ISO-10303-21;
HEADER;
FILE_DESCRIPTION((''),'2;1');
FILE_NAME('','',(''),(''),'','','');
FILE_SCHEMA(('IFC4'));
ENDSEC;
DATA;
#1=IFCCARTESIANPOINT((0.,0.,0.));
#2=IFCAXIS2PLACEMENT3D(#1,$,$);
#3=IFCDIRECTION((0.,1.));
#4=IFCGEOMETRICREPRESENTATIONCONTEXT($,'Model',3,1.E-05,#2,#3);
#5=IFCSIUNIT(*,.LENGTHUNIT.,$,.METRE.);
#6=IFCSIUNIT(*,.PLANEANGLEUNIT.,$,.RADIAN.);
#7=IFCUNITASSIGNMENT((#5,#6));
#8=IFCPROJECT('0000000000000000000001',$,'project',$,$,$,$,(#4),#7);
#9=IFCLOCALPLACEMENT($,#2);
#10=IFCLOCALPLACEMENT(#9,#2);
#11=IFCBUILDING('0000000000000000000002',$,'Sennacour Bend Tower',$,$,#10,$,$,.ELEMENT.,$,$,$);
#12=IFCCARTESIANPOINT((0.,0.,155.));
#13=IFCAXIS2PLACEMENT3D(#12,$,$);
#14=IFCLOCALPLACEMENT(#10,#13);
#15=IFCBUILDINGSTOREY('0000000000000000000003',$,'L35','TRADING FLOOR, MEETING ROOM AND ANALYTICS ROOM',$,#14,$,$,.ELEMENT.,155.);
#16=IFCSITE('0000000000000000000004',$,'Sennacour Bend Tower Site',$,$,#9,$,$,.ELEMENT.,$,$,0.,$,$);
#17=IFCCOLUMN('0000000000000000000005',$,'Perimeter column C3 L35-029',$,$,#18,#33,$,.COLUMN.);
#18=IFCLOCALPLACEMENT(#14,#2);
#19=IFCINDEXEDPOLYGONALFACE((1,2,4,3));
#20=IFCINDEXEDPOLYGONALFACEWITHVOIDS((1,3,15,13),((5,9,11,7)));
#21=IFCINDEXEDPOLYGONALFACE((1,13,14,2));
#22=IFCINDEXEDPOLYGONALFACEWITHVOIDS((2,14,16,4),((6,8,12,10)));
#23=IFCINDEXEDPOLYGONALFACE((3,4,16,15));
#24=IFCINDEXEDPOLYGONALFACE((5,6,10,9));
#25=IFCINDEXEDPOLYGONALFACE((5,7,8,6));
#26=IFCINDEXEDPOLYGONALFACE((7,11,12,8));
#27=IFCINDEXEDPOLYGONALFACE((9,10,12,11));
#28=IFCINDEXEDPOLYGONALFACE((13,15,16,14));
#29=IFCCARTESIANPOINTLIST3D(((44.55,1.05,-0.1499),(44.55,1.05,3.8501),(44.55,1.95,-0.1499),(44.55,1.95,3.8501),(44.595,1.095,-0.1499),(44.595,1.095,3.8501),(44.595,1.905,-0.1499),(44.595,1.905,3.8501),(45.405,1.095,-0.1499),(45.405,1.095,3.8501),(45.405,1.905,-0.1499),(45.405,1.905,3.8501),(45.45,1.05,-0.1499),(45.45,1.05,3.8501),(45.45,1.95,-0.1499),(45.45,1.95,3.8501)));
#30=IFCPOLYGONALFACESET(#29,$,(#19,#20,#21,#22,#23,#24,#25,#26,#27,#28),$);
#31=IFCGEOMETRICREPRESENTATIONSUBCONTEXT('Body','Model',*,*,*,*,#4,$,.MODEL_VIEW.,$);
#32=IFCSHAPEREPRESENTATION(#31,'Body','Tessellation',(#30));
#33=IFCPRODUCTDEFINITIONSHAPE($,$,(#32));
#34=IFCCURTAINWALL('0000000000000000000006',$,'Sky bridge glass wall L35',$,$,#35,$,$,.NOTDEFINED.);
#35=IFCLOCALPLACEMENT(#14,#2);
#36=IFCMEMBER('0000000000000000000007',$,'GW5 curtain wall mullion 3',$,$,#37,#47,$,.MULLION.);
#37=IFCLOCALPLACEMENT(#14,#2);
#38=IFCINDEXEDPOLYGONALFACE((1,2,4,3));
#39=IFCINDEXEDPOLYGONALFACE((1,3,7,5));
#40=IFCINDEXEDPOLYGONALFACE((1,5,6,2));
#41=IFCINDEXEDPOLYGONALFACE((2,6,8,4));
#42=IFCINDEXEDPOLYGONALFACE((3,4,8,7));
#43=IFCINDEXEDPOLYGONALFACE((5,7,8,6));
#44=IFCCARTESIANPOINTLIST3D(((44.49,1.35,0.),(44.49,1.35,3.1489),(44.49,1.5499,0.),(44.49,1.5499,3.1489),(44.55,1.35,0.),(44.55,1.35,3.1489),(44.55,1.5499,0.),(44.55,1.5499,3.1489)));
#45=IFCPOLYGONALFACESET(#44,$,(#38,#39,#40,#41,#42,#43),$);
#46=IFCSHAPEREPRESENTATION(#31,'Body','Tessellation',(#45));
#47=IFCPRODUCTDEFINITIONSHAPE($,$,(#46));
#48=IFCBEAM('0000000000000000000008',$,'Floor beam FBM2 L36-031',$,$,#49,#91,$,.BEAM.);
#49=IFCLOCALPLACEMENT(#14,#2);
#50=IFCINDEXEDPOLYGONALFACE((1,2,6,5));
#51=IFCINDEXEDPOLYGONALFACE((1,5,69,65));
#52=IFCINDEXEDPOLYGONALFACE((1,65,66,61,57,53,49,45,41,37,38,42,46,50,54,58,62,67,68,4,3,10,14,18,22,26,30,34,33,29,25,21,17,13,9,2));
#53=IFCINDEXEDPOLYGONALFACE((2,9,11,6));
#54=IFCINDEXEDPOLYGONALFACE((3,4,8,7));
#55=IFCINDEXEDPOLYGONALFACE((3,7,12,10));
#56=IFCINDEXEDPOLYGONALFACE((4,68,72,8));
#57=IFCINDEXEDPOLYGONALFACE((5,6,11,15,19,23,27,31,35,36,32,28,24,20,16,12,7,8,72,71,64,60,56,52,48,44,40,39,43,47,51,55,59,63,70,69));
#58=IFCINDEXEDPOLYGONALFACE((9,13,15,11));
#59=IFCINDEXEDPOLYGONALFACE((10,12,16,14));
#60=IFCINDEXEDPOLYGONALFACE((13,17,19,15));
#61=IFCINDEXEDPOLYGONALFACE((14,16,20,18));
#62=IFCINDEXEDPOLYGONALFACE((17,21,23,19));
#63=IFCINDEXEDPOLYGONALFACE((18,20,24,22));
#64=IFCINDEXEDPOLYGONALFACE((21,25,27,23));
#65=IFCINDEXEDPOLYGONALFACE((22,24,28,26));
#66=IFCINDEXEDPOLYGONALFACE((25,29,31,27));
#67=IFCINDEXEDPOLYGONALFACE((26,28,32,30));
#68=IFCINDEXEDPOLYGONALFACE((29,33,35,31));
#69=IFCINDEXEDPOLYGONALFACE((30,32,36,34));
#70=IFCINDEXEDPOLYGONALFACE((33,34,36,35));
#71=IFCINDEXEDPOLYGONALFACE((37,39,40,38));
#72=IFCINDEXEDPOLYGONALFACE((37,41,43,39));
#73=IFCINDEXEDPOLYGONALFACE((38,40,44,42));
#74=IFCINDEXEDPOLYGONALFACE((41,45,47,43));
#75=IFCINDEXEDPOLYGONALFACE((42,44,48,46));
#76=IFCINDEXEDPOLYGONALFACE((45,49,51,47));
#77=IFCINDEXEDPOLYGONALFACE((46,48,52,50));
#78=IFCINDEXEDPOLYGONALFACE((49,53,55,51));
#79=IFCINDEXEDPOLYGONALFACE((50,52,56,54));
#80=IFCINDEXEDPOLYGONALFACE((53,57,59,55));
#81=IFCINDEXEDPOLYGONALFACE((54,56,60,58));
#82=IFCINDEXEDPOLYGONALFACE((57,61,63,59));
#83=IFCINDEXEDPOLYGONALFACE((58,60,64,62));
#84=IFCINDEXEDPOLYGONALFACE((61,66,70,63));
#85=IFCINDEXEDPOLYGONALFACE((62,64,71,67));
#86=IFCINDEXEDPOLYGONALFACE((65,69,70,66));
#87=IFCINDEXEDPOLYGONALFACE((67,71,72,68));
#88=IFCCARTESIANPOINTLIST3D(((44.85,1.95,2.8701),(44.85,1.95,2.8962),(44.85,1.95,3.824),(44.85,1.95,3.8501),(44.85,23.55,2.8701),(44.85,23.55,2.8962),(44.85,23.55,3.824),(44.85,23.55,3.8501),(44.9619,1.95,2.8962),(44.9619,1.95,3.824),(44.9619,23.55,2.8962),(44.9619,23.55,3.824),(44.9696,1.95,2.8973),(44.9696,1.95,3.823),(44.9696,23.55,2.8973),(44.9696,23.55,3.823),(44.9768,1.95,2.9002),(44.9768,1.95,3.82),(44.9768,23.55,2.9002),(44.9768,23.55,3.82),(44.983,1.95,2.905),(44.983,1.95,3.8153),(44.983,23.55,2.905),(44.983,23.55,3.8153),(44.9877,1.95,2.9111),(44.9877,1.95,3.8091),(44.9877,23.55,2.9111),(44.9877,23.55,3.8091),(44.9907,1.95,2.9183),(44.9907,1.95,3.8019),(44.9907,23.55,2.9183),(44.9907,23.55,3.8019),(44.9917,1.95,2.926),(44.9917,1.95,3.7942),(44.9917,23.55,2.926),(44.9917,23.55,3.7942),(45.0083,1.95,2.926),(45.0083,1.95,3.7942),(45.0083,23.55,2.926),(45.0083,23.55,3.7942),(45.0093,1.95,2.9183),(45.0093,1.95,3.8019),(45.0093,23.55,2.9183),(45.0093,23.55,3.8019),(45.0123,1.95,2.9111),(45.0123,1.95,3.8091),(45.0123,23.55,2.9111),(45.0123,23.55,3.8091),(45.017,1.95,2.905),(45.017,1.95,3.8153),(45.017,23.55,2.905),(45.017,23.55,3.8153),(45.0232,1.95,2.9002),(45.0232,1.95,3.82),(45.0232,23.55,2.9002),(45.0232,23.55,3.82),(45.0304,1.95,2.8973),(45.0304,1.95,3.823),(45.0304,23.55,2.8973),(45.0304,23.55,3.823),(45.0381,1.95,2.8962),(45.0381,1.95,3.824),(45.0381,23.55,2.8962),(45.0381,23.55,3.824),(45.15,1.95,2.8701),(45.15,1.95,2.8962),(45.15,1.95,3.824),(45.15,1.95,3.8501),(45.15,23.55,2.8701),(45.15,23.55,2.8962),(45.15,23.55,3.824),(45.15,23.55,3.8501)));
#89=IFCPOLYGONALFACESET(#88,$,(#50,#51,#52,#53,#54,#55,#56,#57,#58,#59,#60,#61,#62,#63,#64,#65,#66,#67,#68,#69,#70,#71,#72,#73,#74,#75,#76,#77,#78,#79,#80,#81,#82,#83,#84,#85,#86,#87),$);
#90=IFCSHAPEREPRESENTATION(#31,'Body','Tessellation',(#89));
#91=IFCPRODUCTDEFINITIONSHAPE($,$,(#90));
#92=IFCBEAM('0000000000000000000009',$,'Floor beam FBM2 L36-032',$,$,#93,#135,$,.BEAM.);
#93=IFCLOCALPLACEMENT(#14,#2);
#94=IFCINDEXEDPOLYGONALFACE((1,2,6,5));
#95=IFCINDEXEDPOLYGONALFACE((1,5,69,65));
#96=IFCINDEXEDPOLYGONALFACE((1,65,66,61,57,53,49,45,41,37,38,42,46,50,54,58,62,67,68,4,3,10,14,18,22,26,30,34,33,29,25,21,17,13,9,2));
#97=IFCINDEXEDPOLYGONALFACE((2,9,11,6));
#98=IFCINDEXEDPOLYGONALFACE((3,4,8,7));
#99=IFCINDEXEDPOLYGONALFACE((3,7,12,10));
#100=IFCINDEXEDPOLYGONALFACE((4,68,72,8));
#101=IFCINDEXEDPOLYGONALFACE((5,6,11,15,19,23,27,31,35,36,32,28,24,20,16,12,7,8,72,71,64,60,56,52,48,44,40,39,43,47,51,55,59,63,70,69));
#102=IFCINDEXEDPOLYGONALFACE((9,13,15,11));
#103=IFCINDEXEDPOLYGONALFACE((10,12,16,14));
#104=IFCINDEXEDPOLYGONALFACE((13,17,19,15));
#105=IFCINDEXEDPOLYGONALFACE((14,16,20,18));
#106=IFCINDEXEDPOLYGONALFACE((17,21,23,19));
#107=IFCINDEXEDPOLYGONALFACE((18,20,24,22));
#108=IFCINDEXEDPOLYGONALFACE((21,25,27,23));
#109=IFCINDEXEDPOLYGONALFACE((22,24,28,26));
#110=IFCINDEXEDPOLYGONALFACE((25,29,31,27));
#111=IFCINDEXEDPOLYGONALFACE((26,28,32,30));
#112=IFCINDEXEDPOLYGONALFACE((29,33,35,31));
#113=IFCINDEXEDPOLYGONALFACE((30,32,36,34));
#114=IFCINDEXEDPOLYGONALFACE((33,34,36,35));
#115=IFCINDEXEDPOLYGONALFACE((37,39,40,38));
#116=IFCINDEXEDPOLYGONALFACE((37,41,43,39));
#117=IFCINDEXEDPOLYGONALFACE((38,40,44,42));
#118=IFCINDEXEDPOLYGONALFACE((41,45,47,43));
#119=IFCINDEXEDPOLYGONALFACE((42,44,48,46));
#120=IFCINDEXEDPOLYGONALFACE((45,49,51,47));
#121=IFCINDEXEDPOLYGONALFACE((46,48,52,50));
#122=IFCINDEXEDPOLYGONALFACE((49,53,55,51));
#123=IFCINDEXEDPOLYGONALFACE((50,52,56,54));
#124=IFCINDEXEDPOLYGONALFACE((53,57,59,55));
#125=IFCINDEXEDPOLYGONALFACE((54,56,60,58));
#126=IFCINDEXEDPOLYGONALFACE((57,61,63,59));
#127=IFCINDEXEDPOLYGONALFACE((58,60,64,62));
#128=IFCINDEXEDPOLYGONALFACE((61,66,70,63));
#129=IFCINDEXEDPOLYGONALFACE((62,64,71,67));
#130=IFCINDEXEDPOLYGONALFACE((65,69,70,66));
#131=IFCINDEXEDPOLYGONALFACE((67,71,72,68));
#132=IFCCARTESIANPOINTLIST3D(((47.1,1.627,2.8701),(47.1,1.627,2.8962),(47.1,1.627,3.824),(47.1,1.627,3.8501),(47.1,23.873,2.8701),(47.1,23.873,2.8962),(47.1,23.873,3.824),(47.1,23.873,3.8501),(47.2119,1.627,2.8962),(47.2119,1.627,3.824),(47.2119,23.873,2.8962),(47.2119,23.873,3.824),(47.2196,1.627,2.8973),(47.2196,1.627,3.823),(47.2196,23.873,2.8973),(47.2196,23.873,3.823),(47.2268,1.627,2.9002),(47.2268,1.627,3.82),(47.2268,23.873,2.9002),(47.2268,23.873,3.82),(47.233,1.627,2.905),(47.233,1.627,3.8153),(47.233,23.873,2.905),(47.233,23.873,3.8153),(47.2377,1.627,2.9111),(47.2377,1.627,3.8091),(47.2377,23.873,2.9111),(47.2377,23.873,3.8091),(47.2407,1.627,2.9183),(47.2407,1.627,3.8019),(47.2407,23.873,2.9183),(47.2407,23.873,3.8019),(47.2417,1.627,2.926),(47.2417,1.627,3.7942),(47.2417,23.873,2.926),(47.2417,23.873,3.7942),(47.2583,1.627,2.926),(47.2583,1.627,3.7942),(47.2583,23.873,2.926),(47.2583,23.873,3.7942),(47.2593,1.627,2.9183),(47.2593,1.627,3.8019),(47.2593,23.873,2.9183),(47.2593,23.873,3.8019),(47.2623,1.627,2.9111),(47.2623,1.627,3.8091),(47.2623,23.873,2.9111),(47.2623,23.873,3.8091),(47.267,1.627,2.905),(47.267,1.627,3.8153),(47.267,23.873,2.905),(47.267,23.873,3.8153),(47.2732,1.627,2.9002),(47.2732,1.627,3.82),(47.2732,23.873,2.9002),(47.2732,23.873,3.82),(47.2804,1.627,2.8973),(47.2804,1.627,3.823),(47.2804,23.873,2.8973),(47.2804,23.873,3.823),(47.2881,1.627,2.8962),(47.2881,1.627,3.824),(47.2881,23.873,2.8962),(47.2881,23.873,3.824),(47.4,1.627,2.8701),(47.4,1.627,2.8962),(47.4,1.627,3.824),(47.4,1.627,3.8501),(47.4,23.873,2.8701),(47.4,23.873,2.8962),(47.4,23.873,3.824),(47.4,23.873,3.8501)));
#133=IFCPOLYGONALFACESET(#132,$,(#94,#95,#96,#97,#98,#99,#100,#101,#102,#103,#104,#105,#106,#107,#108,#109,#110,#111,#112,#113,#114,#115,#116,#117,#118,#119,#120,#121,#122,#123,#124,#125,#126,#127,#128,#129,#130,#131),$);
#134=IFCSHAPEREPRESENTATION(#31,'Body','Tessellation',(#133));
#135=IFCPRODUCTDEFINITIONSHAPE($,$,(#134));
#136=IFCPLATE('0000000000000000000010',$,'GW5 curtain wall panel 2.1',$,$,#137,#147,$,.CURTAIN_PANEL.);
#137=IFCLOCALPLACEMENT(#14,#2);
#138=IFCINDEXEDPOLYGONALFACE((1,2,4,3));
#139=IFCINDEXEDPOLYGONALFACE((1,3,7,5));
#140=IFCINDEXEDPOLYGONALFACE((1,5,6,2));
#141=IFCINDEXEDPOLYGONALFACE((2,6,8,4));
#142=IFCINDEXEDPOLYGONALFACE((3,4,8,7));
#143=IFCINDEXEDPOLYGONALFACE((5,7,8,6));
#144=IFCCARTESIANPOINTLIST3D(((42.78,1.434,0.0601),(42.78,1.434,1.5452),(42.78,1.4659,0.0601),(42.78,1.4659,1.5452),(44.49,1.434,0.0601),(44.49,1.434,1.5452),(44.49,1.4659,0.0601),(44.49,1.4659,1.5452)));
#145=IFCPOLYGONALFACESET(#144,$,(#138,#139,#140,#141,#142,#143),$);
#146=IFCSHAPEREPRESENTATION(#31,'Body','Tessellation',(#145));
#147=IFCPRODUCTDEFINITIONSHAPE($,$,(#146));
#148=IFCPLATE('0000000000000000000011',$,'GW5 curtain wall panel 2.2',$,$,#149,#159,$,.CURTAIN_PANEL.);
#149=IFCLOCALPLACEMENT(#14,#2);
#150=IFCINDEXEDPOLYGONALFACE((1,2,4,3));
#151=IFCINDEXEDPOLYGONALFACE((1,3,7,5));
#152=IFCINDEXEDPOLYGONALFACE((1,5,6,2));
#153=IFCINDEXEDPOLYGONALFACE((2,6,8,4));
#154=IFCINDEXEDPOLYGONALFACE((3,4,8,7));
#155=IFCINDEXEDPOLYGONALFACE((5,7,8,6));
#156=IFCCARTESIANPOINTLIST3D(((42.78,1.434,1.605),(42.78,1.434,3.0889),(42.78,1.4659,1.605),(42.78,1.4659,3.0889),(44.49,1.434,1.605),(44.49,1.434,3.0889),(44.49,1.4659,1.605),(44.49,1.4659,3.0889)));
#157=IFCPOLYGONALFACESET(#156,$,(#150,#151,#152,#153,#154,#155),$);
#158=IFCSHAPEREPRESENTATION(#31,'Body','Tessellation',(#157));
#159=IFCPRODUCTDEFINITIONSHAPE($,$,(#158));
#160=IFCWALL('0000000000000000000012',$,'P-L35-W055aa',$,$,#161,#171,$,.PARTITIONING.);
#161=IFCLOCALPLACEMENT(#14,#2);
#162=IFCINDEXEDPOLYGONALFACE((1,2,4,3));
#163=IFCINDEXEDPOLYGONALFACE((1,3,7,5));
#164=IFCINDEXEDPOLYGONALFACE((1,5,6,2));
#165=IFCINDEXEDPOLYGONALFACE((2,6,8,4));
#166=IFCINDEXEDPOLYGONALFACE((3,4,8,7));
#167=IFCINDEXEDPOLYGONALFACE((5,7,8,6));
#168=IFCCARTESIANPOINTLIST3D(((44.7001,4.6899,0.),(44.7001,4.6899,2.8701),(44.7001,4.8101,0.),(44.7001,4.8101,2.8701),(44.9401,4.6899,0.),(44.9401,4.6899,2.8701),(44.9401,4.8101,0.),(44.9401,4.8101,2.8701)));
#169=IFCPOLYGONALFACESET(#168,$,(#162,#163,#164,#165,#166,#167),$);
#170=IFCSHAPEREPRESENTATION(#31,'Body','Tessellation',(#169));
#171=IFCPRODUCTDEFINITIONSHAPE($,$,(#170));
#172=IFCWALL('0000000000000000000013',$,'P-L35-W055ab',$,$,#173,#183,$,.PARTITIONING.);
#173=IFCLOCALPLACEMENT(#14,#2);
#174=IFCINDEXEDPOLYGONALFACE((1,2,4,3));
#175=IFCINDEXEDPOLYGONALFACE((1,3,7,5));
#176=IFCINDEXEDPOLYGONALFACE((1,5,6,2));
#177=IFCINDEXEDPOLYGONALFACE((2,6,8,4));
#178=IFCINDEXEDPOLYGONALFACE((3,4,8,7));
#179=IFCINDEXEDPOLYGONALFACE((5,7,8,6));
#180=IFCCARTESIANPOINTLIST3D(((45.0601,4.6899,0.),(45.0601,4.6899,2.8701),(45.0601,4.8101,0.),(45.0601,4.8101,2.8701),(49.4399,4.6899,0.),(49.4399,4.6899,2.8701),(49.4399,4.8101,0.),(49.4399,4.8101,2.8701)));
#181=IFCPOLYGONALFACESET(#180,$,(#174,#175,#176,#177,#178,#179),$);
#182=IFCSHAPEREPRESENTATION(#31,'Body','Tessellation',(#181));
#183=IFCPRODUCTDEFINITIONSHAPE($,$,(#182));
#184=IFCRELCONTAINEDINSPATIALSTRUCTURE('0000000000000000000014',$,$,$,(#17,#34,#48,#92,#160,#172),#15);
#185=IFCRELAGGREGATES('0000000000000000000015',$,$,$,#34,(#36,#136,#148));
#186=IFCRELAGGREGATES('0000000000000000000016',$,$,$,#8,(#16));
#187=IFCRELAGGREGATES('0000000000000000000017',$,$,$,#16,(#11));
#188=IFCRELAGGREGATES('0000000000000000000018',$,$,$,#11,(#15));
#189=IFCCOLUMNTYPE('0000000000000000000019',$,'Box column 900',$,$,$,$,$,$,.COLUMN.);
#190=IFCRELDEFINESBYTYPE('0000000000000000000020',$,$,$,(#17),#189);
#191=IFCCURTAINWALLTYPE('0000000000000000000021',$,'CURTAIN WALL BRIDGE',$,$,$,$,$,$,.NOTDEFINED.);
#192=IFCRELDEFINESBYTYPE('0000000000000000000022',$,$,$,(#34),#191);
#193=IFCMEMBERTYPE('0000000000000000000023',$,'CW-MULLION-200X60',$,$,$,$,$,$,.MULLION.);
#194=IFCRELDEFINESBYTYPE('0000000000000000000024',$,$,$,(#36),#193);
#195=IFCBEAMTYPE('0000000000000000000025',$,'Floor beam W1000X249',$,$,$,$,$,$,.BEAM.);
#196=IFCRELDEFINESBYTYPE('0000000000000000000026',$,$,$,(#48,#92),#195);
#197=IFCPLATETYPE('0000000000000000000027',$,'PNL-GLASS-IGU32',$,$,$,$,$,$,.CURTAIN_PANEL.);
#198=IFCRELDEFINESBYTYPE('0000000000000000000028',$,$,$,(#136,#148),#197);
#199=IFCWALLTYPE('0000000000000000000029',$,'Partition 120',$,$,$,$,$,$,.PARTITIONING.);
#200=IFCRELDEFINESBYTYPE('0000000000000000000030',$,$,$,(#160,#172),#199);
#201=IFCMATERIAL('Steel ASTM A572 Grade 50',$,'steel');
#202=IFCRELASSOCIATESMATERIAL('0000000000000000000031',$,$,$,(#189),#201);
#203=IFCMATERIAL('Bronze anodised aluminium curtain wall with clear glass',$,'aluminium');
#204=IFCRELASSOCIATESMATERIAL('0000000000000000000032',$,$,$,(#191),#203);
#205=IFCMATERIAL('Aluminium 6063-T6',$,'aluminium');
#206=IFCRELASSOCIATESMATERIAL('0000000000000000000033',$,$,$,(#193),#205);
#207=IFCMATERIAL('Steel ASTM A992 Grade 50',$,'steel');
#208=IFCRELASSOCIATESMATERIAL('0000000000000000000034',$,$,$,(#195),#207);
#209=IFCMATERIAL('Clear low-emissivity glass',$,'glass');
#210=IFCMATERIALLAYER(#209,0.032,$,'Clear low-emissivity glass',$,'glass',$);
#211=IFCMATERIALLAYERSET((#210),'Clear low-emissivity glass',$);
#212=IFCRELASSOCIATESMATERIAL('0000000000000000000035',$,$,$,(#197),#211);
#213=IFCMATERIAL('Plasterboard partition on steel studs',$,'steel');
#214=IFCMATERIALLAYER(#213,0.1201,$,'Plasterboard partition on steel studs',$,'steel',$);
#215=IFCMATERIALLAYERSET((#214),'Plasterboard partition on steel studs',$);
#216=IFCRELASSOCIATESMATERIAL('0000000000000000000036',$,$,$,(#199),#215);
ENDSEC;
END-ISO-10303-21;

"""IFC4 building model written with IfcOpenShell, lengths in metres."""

from ifc_helpers import new_model, si_unit, direction, frame, frame_2d, origin, origin_2d, place, context, subcontext, project, spatial, rectangle, hollow_rectangle, i_section, extrude, material, layer, layer_set, material_profile, profile_set, type_object, element, aggregate, save


model = new_model("IFC4")

# Units and contexts
model_context = context("Model", 3, precision=1e-05, world=origin(), true_north=direction((0.0, 1.0)))
body_context = subcontext(model_context, "Body", "Model", "MODEL_VIEW")
ifc_project = project(units=[si_unit("LENGTHUNIT", "METRE"), si_unit("PLANEANGLEUNIT", "RADIAN")], contexts=[model_context])

# Site, building, storey
site_placement = place(None, origin())
site = spatial("IfcSite", under=ifc_project, at=site_placement, Name="Sennacour Bend Tower Site", CompositionType="ELEMENT", RefElevation=0.0)
building_placement = place(site_placement, origin())
building = spatial("IfcBuilding", under=site, at=building_placement, Name="Sennacour Bend Tower", CompositionType="ELEMENT")
storey_placement = place(building_placement, frame((0.0, 0.0, 155.0)))
storey = spatial("IfcBuildingStorey", under=building, at=storey_placement, Name="L35", Description="TRADING FLOOR, MEETING ROOM AND ANALYTICS ROOM", CompositionType="ELEMENT", Elevation=155.0)

# Column
ifc_material_1 = material(Name="Steel ASTM A572 Grade 50", Category="steel")
ifc_material_profile_1 = material_profile(ifc_material_1, hollow_rectangle(XDim=0.8999, YDim=0.8999, WallThickness=0.0449, at=origin_2d()), Name="Steel ASTM A572 Grade 50", Category="steel")
ifc_profile_set_1 = profile_set([ifc_material_profile_1], Name="Steel ASTM A572 Grade 50")
column_type = type_object("IfcColumnType", Name="Box column 900", PredefinedType="COLUMN", material=ifc_profile_set_1)
column_placement = place(storey_placement, frame((45.0, 1.5, -0.1499), z_axis=(0.0, 0.0, 1.0), x_axis=(1.0, 0.0, 0.0)))
element("IfcColumn", 1, at=column_placement, inside=storey, type_object=column_type, Name="Perimeter column C3 L35-029", PredefinedType="COLUMN", context=body_context, shape_type="SweptSolid", body=[
    extrude(hollow_rectangle(XDim=0.8999, YDim=0.8999, WallThickness=0.0449, at=origin_2d()), origin(), (0.0, 0.0, 1.0), 4.0),
])

# Curtain wall, member
ifc_material_2 = material(Name="Bronze anodised aluminium curtain wall with clear glass", Category="aluminium")
curtain_wall_type = type_object("IfcCurtainWallType", Name="CURTAIN WALL BRIDGE", PredefinedType="NOTDEFINED", material=ifc_material_2)
curtain_wall_placement = place(storey_placement, origin())
curtain_wall = element("IfcCurtainWall", 2, at=curtain_wall_placement, inside=storey, type_object=curtain_wall_type, Name="Sky bridge glass wall L35", PredefinedType="NOTDEFINED")
ifc_material_3 = material(Name="Aluminium 6063-T6", Category="aluminium")
ifc_material_profile_2 = material_profile(ifc_material_3, rectangle(XDim=0.2, YDim=0.0601, at=origin_2d()), Name="Aluminium 6063-T6", Category="aluminium")
ifc_profile_set_2 = profile_set([ifc_material_profile_2], Name="Aluminium 6063-T6")
member_type = type_object("IfcMemberType", Name="CW-MULLION-200X60", PredefinedType="MULLION", material=ifc_profile_set_2)
member_placement = place(storey_placement, frame((44.52, 1.45, 0.0), z_axis=(0.0, 0.0, 1.0), x_axis=(0.0, 1.0, 0.0)))
member = element("IfcMember", 3, at=member_placement, type_object=member_type, Name="GW5 curtain wall mullion 3", PredefinedType="MULLION", context=body_context, shape_type="SweptSolid", body=[
    extrude(rectangle(XDim=0.2, YDim=0.0601, at=origin_2d()), origin(), (0.0, 0.0, 1.0), 3.1489),
])

# Beams
ifc_material_4 = material(Name="Steel ASTM A992 Grade 50", Category="steel")
ifc_material_profile_3 = material_profile(ifc_material_4, i_section(OverallWidth=0.3, OverallDepth=0.98, WebThickness=0.0166, FlangeThickness=0.0261, FilletRadius=0.0298, at=origin_2d()), Name="Steel ASTM A992 Grade 50", Category="steel")
ifc_profile_set_3 = profile_set([ifc_material_profile_3], Name="Steel ASTM A992 Grade 50")
beam_type = type_object("IfcBeamType", Name="Floor beam W1000X249", PredefinedType="BEAM", material=ifc_profile_set_3)
beam_1_placement = place(storey_placement, frame((45.0, 1.95, 3.3601), z_axis=(0.0, 1.0, 0.0), x_axis=(-1.0, 0.0, 0.0)))
element("IfcBeam", 4, at=beam_1_placement, inside=storey, type_object=beam_type, Name="Floor beam FBM2 L36-031", PredefinedType="BEAM", context=body_context, shape_type="SweptSolid", body=[
    extrude(i_section(OverallWidth=0.3, OverallDepth=0.98, WebThickness=0.0166, FlangeThickness=0.0261, FilletRadius=0.0298, at=origin_2d()), origin(), (0.0, 0.0, 1.0), 21.6001),
])
beam_2_placement = place(storey_placement, frame((47.25, 1.627, 3.3601), z_axis=(0.0, 1.0, 0.0), x_axis=(-1.0, 0.0, 0.0)))
element("IfcBeam", 5, at=beam_2_placement, inside=storey, type_object=beam_type, Name="Floor beam FBM2 L36-032", PredefinedType="BEAM", context=body_context, shape_type="SweptSolid", body=[
    extrude(i_section(OverallWidth=0.3, OverallDepth=0.98, WebThickness=0.0166, FlangeThickness=0.0261, FilletRadius=0.0298, at=origin_2d()), origin(), (0.0, 0.0, 1.0), 22.2461),
])

# Plates
ifc_material_5 = material(Name="Clear low-emissivity glass", Category="glass")
ifc_layer_1 = layer(ifc_material_5, 0.032, Name="Clear low-emissivity glass", Category="glass")
ifc_layer_set_1 = layer_set([ifc_layer_1], Name="Clear low-emissivity glass")
plate_type = type_object("IfcPlateType", Name="PNL-GLASS-IGU32", PredefinedType="CURTAIN_PANEL", material=ifc_layer_set_1)
plate_1_placement = place(storey_placement, frame((43.635, 1.45, 0.0601), z_axis=(0.0, 0.0, 1.0), x_axis=(1.0, 0.0, 0.0)))
plate_1 = element("IfcPlate", 6, at=plate_1_placement, type_object=plate_type, Name="GW5 curtain wall panel 2.1", PredefinedType="CURTAIN_PANEL", context=body_context, shape_type="SweptSolid", body=[
    extrude(rectangle(XDim=1.71, YDim=0.032, at=origin_2d()), origin(), (0.0, 0.0, 1.0), 1.4851),
])
plate_2_placement = place(storey_placement, frame((43.635, 1.45, 1.605), z_axis=(0.0, 0.0, 1.0), x_axis=(1.0, 0.0, 0.0)))
plate_2 = element("IfcPlate", 7, at=plate_2_placement, type_object=plate_type, Name="GW5 curtain wall panel 2.2", PredefinedType="CURTAIN_PANEL", context=body_context, shape_type="SweptSolid", body=[
    extrude(rectangle(XDim=1.71, YDim=0.032, at=origin_2d()), origin(), (0.0, 0.0, 1.0), 1.4839),
])
aggregate(curtain_wall, [member, plate_1, plate_2])

# Walls
ifc_material_6 = material(Name="Plasterboard partition on steel studs", Category="steel")
ifc_layer_2 = layer(ifc_material_6, 0.1201, Name="Plasterboard partition on steel studs", Category="steel")
ifc_layer_set_2 = layer_set([ifc_layer_2], Name="Plasterboard partition on steel studs")
wall_type_1 = type_object("IfcWallType", Name="Partition 120", PredefinedType="PARTITIONING", material=ifc_layer_set_2)
wall_1_placement = place(storey_placement, frame((44.7, 4.75, 0.0), z_axis=(0.0, 0.0, 1.0), x_axis=(1.0, 0.0, 0.0)))
element("IfcWall", 8, at=wall_1_placement, inside=storey, type_object=wall_type_1, Name="P-L35-W055aa", PredefinedType="PARTITIONING", context=body_context, shape_type="SweptSolid", body=[
    extrude(rectangle(XDim=0.24, YDim=0.1201, at=frame_2d((0.1201, 0.0))), origin(), (0.0, 0.0, 1.0), 2.8701),
])
wall_2_placement = place(storey_placement, frame((45.0601, 4.75, 0.0), z_axis=(0.0, 0.0, 1.0), x_axis=(1.0, 0.0, 0.0)))
element("IfcWall", 9, at=wall_2_placement, inside=storey, type_object=wall_type_1, Name="P-L35-W055ab", PredefinedType="PARTITIONING", context=body_context, shape_type="SweptSolid", body=[
    extrude(rectangle(XDim=4.3799, YDim=0.1201, at=frame_2d((2.1899, 0.0))), origin(), (0.0, 0.0, 1.0), 2.8701),
])

save(model, "model.ifc")
